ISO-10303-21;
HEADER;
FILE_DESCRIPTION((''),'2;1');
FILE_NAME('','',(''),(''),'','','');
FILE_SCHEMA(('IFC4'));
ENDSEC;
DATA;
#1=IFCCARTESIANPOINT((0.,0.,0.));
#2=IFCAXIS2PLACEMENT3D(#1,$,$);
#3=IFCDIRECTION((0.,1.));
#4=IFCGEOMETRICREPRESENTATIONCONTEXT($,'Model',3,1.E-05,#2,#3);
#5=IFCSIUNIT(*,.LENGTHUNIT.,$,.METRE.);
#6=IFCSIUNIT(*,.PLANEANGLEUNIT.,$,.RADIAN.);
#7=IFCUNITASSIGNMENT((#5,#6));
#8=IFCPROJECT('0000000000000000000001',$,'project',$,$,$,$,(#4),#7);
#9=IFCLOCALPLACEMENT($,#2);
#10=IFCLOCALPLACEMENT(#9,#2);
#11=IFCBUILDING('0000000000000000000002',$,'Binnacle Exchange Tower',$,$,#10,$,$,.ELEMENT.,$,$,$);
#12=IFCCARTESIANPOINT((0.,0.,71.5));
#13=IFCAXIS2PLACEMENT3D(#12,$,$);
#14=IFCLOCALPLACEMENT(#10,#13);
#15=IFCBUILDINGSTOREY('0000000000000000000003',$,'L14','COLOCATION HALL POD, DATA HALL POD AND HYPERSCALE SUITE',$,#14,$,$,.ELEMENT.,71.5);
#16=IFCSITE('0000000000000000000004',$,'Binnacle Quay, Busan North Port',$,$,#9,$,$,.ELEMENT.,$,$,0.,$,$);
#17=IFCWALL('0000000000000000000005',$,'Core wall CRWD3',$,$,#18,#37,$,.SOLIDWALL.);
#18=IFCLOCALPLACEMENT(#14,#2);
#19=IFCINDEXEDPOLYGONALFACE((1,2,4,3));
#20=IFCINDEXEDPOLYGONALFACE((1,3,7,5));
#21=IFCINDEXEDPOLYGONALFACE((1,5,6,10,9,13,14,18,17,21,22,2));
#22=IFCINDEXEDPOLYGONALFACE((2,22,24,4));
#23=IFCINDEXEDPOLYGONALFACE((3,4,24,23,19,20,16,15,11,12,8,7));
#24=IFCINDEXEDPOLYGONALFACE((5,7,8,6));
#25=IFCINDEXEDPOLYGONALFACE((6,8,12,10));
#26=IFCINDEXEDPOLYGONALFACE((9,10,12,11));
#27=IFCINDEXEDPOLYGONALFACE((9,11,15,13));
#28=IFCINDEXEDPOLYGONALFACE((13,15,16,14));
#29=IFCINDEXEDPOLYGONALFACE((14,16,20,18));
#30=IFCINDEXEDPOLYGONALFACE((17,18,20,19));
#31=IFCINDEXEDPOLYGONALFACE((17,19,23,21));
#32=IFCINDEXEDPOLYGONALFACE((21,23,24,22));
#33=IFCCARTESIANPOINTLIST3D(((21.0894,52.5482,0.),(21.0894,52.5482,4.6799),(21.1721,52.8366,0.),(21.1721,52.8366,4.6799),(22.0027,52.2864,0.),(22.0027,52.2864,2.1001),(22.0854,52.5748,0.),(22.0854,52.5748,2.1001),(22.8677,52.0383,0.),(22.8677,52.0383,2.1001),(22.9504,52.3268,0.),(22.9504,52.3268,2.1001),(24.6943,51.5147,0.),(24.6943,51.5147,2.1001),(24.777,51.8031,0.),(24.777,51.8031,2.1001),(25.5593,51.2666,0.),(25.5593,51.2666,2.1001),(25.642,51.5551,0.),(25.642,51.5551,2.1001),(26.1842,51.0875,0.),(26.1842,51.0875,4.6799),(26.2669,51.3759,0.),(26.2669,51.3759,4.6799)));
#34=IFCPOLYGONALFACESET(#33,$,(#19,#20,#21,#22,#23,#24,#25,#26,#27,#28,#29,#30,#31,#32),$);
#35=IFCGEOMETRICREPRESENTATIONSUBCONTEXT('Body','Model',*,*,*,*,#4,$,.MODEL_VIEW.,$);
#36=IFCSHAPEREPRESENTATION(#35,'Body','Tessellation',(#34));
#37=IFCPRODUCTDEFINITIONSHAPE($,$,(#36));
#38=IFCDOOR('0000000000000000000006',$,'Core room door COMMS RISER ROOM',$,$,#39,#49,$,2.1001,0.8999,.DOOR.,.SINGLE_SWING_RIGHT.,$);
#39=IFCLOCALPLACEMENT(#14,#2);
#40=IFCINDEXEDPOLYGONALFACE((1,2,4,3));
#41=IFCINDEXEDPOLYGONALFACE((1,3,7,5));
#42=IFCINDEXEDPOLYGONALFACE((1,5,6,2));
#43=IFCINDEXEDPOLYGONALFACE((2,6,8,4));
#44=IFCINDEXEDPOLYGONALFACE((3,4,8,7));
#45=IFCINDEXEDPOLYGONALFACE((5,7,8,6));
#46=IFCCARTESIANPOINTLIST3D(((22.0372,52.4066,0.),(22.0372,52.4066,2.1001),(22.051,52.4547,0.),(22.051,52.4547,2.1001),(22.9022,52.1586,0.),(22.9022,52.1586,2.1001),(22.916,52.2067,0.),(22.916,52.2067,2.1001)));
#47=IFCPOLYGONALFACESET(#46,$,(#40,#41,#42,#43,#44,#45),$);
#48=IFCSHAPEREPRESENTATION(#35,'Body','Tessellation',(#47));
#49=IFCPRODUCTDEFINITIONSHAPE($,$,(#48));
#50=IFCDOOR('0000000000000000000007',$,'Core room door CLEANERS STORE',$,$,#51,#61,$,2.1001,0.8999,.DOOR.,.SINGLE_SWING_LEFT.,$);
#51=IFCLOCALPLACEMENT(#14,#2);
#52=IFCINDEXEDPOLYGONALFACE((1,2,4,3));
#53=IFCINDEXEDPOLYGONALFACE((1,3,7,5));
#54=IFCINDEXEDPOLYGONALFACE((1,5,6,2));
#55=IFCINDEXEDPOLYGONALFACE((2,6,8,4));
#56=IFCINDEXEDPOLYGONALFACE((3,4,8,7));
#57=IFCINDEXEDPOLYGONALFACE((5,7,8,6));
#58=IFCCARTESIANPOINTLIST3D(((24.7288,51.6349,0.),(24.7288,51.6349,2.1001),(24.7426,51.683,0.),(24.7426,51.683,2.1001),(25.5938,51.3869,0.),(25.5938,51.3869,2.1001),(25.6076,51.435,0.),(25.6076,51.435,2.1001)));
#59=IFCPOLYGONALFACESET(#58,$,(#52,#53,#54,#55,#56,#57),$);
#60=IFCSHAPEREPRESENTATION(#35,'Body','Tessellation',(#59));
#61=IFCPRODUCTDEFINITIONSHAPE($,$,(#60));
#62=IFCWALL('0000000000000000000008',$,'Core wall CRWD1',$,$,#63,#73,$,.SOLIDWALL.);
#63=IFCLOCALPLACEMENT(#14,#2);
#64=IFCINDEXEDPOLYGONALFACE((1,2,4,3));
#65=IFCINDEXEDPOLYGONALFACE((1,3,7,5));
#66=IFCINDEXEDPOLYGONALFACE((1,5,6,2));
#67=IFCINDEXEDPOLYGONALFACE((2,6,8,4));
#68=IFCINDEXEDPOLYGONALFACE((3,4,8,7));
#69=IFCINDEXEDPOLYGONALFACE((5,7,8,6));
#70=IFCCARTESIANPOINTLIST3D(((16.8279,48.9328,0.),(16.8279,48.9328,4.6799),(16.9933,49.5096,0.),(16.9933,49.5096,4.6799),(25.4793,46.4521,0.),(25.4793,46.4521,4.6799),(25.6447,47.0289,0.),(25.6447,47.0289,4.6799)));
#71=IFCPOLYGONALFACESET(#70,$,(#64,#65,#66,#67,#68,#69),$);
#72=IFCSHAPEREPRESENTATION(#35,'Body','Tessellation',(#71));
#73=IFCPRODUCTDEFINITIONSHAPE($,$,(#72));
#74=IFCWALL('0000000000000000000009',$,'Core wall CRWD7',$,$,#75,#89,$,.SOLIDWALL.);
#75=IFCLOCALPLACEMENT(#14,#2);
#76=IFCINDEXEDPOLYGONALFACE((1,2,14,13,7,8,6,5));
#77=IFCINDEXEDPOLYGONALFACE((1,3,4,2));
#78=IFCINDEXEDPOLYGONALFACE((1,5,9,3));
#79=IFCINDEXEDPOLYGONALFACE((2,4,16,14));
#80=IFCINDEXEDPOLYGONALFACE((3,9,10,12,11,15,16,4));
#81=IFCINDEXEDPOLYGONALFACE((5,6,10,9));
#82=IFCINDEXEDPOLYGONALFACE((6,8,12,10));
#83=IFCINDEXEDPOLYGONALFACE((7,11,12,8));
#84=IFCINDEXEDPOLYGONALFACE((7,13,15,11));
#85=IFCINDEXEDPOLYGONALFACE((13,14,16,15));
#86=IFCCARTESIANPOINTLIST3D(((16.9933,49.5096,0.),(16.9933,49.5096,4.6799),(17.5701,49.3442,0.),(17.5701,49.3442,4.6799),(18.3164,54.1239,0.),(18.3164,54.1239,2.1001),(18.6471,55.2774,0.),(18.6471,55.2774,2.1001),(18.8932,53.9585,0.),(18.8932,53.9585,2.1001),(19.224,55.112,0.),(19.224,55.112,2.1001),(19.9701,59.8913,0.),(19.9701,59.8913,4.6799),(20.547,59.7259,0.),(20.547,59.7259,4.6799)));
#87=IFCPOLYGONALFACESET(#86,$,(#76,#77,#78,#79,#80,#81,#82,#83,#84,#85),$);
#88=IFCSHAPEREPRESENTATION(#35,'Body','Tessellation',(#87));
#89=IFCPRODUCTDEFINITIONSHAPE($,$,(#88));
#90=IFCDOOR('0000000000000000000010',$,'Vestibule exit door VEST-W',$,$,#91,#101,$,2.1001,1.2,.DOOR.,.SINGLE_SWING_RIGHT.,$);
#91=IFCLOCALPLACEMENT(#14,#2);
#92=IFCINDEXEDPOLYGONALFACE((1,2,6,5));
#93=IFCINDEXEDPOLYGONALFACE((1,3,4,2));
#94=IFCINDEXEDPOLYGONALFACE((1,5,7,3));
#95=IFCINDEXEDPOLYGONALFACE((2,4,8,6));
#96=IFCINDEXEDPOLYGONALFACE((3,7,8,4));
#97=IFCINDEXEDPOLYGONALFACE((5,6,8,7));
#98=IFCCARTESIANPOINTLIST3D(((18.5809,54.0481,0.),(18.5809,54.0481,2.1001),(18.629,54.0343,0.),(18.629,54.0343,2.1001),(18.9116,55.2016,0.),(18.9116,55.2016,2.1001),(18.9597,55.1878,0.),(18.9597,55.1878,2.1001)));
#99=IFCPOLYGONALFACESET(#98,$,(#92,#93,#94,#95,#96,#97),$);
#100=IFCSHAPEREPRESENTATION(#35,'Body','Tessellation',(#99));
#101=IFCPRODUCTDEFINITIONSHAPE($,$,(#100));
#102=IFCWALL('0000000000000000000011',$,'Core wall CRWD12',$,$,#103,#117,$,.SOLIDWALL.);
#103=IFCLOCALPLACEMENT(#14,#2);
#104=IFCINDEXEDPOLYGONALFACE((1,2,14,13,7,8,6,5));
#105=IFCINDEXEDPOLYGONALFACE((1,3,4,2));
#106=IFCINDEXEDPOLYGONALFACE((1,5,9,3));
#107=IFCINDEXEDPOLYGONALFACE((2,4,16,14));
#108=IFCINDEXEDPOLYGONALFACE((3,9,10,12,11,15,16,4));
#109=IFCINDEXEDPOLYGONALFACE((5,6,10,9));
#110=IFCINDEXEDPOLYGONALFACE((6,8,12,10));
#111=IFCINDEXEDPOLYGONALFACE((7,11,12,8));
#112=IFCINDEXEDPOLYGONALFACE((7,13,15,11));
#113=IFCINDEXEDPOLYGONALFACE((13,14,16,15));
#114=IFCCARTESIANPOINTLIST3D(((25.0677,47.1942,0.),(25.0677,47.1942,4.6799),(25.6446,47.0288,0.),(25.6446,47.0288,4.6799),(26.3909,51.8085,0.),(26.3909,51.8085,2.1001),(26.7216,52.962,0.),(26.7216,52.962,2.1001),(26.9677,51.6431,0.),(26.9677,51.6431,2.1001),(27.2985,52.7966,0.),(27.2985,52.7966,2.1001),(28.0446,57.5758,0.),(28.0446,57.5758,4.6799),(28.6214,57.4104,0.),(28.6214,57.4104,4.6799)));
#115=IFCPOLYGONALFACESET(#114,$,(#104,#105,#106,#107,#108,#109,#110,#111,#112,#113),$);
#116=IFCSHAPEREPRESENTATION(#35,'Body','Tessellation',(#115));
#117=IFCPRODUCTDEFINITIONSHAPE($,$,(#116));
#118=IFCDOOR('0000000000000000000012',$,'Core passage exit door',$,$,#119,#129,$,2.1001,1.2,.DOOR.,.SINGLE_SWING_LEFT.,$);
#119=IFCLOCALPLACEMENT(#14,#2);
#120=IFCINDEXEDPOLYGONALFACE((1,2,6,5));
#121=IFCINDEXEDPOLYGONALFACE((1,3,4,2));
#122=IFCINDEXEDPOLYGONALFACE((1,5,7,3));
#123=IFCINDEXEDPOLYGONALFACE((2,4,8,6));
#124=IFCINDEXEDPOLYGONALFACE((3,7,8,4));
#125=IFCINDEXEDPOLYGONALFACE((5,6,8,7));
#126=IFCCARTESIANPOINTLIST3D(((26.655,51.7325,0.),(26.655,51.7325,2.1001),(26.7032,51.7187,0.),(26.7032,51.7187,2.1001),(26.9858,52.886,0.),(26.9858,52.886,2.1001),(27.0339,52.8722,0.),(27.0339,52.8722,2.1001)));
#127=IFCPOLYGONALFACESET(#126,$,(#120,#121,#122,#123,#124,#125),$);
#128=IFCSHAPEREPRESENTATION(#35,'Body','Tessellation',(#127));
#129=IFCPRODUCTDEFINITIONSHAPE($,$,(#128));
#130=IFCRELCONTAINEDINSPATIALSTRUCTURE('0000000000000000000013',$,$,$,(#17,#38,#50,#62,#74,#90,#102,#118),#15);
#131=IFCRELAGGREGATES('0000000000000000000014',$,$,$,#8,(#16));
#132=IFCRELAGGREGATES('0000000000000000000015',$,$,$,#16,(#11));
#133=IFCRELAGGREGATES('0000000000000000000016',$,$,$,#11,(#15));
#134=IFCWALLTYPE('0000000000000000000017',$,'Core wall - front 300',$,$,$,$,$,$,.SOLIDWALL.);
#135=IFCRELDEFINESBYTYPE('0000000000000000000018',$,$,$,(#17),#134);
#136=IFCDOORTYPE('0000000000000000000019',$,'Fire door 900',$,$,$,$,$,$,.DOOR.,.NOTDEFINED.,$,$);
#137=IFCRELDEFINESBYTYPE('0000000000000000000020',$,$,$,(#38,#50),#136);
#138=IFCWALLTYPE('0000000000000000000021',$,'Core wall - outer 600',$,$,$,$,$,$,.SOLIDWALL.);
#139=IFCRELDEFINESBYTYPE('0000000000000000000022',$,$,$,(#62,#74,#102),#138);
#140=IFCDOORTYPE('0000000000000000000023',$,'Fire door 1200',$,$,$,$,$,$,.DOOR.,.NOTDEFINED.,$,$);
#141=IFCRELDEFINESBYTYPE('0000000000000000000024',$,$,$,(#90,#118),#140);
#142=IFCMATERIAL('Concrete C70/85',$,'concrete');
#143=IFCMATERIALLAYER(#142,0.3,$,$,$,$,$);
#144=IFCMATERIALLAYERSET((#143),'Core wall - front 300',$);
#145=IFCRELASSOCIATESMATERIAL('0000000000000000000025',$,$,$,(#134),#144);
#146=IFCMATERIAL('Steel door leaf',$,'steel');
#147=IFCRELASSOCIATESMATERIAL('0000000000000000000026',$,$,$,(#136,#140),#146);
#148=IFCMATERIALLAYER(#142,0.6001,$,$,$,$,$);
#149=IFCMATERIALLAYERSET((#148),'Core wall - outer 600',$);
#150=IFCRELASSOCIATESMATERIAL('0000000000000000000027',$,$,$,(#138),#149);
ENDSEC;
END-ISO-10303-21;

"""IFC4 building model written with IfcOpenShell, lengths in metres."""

from ifc_helpers import new_model, si_unit, direction, frame, frame_2d, origin, place, context, subcontext, project, spatial, rectangle, extrude, material, layer, layer_set, type_object, element, fill, save


model = new_model("IFC4")

# Units and contexts
model_context = context("Model", 3, precision=1e-05, world=origin(), true_north=direction((0.0, 1.0)))
body_context = subcontext(model_context, "Body", "Model", "MODEL_VIEW")
ifc_project = project(units=[si_unit("LENGTHUNIT", "METRE"), si_unit("PLANEANGLEUNIT", "RADIAN")], contexts=[model_context])

# Site, building, storey
site_placement = place(None, origin())
site = spatial("IfcSite", under=ifc_project, at=site_placement, Name="Binnacle Quay, Busan North Port", CompositionType="ELEMENT", RefElevation=0.0)
building_placement = place(site_placement, origin())
building = spatial("IfcBuilding", under=site, at=building_placement, Name="Binnacle Exchange Tower", CompositionType="ELEMENT")
storey_placement = place(building_placement, frame((0.0, 0.0, 71.5)))
storey = spatial("IfcBuildingStorey", under=building, at=storey_placement, Name="L14", Description="COLOCATION HALL POD, DATA HALL POD AND HYPERSCALE SUITE", CompositionType="ELEMENT", Elevation=71.5)

# Shared definitions
ifc_material_1 = material(Name="Concrete C70/85", Category="concrete")

# Wall, openings, doors
ifc_layer_1 = layer(ifc_material_1, 0.3)
ifc_layer_set_1 = layer_set([ifc_layer_1], Name="Core wall - front 300")
wall_type_1 = type_object("IfcWallType", Name="Core wall - front 300", PredefinedType="SOLIDWALL", material=ifc_layer_set_1)
wall_1_placement = place(storey_placement, frame((21.1309, 52.6924, 0.0), z_axis=(0.0, 0.0, 1.0), x_axis=(0.961271, -0.275603, 0.0)))
wall_1 = element("IfcWall", 1, at=wall_1_placement, inside=storey, type_object=wall_type_1, Name="Core wall CRWD3", PredefinedType="SOLIDWALL", context=body_context, shape_type="SweptSolid", body=[
    extrude(rectangle(XDim=5.3, YDim=0.3, at=frame_2d((2.6499, 0.0))), origin(), (0.0, 0.0, 1.0), 4.6799),
])
opening_1_placement = place(wall_1_placement, frame((0.95, 0.0, 0.0)))
opening_1 = element("IfcOpeningElement", 2, at=opening_1_placement, cuts=wall_1, PredefinedType="OPENING", context=body_context, shape_type="SweptSolid", body=[
    extrude(rectangle(XDim=0.8999, YDim=2.1001, at=frame_2d((0.45, 1.05))), frame((0.0, 0.1599, 0.0), z_axis=(0.0, -1.0, 0.0), x_axis=(1.0, 0.0, 0.0)), (0.0, 0.0, 1.0), 0.3201),
])
opening_2_placement = place(wall_1_placement, frame((3.75, 0.0, 0.0)))
opening_2 = element("IfcOpeningElement", 3, at=opening_2_placement, cuts=wall_1, PredefinedType="OPENING", context=body_context, shape_type="SweptSolid", body=[
    extrude(rectangle(XDim=0.8999, YDim=2.1001, at=frame_2d((0.45, 1.05))), frame((0.0, 0.1599, 0.0), z_axis=(0.0, -1.0, 0.0), x_axis=(1.0, 0.0, 0.0)), (0.0, 0.0, 1.0), 0.3201),
])
ifc_material_2 = material(Name="Steel door leaf", Category="steel")
door_type_1 = type_object("IfcDoorType", Name="Fire door 900", OperationType="NOTDEFINED", PredefinedType="DOOR", material=ifc_material_2)
door_1_placement = place(opening_1_placement, frame((0.8999, 0.0, 0.0), z_axis=(0.0, 0.0, 1.0), x_axis=(-1.0, 0.0, 0.0)))
door_1 = element("IfcDoor", 4, at=door_1_placement, inside=storey, type_object=door_type_1, Name="Core room door COMMS RISER ROOM", OperationType="SINGLE_SWING_RIGHT", OverallHeight=2.1001, OverallWidth=0.8999, PredefinedType="DOOR", context=body_context, shape_type="SweptSolid", body=[
    extrude(rectangle(XDim=0.8999, YDim=2.1001, at=frame_2d((0.45, 1.05))), frame((0.0, 0.0249, 0.0), z_axis=(0.0, -1.0, 0.0), x_axis=(1.0, 0.0, 0.0)), (0.0, 0.0, 1.0), 0.05),
])
fill(opening_1, door_1)
door_2_placement = place(opening_2_placement, frame((0.8999, 0.0, 0.0), z_axis=(0.0, 0.0, 1.0), x_axis=(-1.0, 0.0, 0.0)))
door_2 = element("IfcDoor", 5, at=door_2_placement, inside=storey, type_object=door_type_1, Name="Core room door CLEANERS STORE", OperationType="SINGLE_SWING_LEFT", OverallHeight=2.1001, OverallWidth=0.8999, PredefinedType="DOOR", context=body_context, shape_type="SweptSolid", body=[
    extrude(rectangle(XDim=0.8999, YDim=2.1001, at=frame_2d((0.45, 1.05))), frame((0.0, 0.0249, 0.0), z_axis=(0.0, -1.0, 0.0), x_axis=(1.0, 0.0, 0.0)), (0.0, 0.0, 1.0), 0.05),
])
fill(opening_2, door_2)

# Wall
ifc_layer_2 = layer(ifc_material_1, 0.6001)
ifc_layer_set_2 = layer_set([ifc_layer_2], Name="Core wall - outer 600")
wall_type_2 = type_object("IfcWallType", Name="Core wall - outer 600", PredefinedType="SOLIDWALL", material=ifc_layer_set_2)
wall_2_placement = place(storey_placement, frame((16.9106, 49.2212, 0.0), z_axis=(0.0, 0.0, 1.0), x_axis=(0.961262, -0.275635, 0.0)))
element("IfcWall", 6, at=wall_2_placement, inside=storey, type_object=wall_type_2, Name="Core wall CRWD1", PredefinedType="SOLIDWALL", context=body_context, shape_type="SweptSolid", body=[
    extrude(rectangle(XDim=9.0, YDim=0.6001, at=frame_2d((4.5, 0.0))), origin(), (0.0, 0.0, 1.0), 4.6799),
])

# Walls, openings, doors
wall_3_placement = place(storey_placement, frame((17.2817, 49.427, 0.0), z_axis=(0.0, 0.0, 1.0), x_axis=(0.275632, 0.961263, 0.0)))
wall_3 = element("IfcWall", 7, at=wall_3_placement, inside=storey, type_object=wall_type_2, Name="Core wall CRWD7", PredefinedType="SOLIDWALL", context=body_context, shape_type="SweptSolid", body=[
    extrude(rectangle(XDim=10.8, YDim=0.6001, at=frame_2d((5.3999, 0.0))), origin(), (0.0, 0.0, 1.0), 4.6799),
])
opening_3_placement = place(wall_3_placement, frame((4.8, 0.0, 0.0)))
opening_3 = element("IfcOpeningElement", 8, at=opening_3_placement, cuts=wall_3, PredefinedType="OPENING", context=body_context, shape_type="SweptSolid", body=[
    extrude(rectangle(XDim=1.2, YDim=2.1001, at=frame_2d((0.6001, 1.05))), frame((0.0, 0.3101, 0.0), z_axis=(0.0, -1.0, 0.0), x_axis=(1.0, 0.0, 0.0)), (0.0, 0.0, 1.0), 0.6201),
])
door_type_2 = type_object("IfcDoorType", Name="Fire door 1200", OperationType="NOTDEFINED", PredefinedType="DOOR", material=ifc_material_2)
door_3_placement = place(opening_3_placement, origin())
door_3 = element("IfcDoor", 9, at=door_3_placement, inside=storey, type_object=door_type_2, Name="Vestibule exit door VEST-W", OperationType="SINGLE_SWING_RIGHT", OverallHeight=2.1001, OverallWidth=1.2, PredefinedType="DOOR", context=body_context, shape_type="SweptSolid", body=[
    extrude(rectangle(XDim=1.2, YDim=2.1001, at=frame_2d((0.6001, 1.05))), frame((0.0, 0.0249, 0.0), z_axis=(0.0, -1.0, 0.0), x_axis=(1.0, 0.0, 0.0)), (0.0, 0.0, 1.0), 0.05),
])
fill(opening_3, door_3)
wall_4_placement = place(storey_placement, frame((25.3562, 47.1116, 0.0), z_axis=(0.0, 0.0, 1.0), x_axis=(0.275632, 0.961263, 0.0)))
wall_4 = element("IfcWall", 10, at=wall_4_placement, inside=storey, type_object=wall_type_2, Name="Core wall CRWD12", PredefinedType="SOLIDWALL", context=body_context, shape_type="SweptSolid", body=[
    extrude(rectangle(XDim=10.8, YDim=0.6001, at=frame_2d((5.3999, 0.0))), origin(), (0.0, 0.0, 1.0), 4.6799),
])
opening_4_placement = place(wall_4_placement, frame((4.8, 0.0, 0.0)))
opening_4 = element("IfcOpeningElement", 11, at=opening_4_placement, cuts=wall_4, PredefinedType="OPENING", context=body_context, shape_type="SweptSolid", body=[
    extrude(rectangle(XDim=1.2, YDim=2.1001, at=frame_2d((0.6001, 1.05))), frame((0.0, 0.3101, 0.0), z_axis=(0.0, -1.0, 0.0), x_axis=(1.0, 0.0, 0.0)), (0.0, 0.0, 1.0), 0.6201),
])
door_4_placement = place(opening_4_placement, frame((1.2, 0.0, 0.0), z_axis=(0.0, 0.0, 1.0), x_axis=(-1.0, 0.0, 0.0)))
door_4 = element("IfcDoor", 12, at=door_4_placement, inside=storey, type_object=door_type_2, Name="Core passage exit door", OperationType="SINGLE_SWING_LEFT", OverallHeight=2.1001, OverallWidth=1.2, PredefinedType="DOOR", context=body_context, shape_type="SweptSolid", body=[
    extrude(rectangle(XDim=1.2, YDim=2.1001, at=frame_2d((0.6001, 1.05))), frame((0.0, 0.0249, 0.0), z_axis=(0.0, -1.0, 0.0), x_axis=(1.0, 0.0, 0.0)), (0.0, 0.0, 1.0), 0.05),
])
fill(opening_4, door_4)

save(model, "model.ifc")
